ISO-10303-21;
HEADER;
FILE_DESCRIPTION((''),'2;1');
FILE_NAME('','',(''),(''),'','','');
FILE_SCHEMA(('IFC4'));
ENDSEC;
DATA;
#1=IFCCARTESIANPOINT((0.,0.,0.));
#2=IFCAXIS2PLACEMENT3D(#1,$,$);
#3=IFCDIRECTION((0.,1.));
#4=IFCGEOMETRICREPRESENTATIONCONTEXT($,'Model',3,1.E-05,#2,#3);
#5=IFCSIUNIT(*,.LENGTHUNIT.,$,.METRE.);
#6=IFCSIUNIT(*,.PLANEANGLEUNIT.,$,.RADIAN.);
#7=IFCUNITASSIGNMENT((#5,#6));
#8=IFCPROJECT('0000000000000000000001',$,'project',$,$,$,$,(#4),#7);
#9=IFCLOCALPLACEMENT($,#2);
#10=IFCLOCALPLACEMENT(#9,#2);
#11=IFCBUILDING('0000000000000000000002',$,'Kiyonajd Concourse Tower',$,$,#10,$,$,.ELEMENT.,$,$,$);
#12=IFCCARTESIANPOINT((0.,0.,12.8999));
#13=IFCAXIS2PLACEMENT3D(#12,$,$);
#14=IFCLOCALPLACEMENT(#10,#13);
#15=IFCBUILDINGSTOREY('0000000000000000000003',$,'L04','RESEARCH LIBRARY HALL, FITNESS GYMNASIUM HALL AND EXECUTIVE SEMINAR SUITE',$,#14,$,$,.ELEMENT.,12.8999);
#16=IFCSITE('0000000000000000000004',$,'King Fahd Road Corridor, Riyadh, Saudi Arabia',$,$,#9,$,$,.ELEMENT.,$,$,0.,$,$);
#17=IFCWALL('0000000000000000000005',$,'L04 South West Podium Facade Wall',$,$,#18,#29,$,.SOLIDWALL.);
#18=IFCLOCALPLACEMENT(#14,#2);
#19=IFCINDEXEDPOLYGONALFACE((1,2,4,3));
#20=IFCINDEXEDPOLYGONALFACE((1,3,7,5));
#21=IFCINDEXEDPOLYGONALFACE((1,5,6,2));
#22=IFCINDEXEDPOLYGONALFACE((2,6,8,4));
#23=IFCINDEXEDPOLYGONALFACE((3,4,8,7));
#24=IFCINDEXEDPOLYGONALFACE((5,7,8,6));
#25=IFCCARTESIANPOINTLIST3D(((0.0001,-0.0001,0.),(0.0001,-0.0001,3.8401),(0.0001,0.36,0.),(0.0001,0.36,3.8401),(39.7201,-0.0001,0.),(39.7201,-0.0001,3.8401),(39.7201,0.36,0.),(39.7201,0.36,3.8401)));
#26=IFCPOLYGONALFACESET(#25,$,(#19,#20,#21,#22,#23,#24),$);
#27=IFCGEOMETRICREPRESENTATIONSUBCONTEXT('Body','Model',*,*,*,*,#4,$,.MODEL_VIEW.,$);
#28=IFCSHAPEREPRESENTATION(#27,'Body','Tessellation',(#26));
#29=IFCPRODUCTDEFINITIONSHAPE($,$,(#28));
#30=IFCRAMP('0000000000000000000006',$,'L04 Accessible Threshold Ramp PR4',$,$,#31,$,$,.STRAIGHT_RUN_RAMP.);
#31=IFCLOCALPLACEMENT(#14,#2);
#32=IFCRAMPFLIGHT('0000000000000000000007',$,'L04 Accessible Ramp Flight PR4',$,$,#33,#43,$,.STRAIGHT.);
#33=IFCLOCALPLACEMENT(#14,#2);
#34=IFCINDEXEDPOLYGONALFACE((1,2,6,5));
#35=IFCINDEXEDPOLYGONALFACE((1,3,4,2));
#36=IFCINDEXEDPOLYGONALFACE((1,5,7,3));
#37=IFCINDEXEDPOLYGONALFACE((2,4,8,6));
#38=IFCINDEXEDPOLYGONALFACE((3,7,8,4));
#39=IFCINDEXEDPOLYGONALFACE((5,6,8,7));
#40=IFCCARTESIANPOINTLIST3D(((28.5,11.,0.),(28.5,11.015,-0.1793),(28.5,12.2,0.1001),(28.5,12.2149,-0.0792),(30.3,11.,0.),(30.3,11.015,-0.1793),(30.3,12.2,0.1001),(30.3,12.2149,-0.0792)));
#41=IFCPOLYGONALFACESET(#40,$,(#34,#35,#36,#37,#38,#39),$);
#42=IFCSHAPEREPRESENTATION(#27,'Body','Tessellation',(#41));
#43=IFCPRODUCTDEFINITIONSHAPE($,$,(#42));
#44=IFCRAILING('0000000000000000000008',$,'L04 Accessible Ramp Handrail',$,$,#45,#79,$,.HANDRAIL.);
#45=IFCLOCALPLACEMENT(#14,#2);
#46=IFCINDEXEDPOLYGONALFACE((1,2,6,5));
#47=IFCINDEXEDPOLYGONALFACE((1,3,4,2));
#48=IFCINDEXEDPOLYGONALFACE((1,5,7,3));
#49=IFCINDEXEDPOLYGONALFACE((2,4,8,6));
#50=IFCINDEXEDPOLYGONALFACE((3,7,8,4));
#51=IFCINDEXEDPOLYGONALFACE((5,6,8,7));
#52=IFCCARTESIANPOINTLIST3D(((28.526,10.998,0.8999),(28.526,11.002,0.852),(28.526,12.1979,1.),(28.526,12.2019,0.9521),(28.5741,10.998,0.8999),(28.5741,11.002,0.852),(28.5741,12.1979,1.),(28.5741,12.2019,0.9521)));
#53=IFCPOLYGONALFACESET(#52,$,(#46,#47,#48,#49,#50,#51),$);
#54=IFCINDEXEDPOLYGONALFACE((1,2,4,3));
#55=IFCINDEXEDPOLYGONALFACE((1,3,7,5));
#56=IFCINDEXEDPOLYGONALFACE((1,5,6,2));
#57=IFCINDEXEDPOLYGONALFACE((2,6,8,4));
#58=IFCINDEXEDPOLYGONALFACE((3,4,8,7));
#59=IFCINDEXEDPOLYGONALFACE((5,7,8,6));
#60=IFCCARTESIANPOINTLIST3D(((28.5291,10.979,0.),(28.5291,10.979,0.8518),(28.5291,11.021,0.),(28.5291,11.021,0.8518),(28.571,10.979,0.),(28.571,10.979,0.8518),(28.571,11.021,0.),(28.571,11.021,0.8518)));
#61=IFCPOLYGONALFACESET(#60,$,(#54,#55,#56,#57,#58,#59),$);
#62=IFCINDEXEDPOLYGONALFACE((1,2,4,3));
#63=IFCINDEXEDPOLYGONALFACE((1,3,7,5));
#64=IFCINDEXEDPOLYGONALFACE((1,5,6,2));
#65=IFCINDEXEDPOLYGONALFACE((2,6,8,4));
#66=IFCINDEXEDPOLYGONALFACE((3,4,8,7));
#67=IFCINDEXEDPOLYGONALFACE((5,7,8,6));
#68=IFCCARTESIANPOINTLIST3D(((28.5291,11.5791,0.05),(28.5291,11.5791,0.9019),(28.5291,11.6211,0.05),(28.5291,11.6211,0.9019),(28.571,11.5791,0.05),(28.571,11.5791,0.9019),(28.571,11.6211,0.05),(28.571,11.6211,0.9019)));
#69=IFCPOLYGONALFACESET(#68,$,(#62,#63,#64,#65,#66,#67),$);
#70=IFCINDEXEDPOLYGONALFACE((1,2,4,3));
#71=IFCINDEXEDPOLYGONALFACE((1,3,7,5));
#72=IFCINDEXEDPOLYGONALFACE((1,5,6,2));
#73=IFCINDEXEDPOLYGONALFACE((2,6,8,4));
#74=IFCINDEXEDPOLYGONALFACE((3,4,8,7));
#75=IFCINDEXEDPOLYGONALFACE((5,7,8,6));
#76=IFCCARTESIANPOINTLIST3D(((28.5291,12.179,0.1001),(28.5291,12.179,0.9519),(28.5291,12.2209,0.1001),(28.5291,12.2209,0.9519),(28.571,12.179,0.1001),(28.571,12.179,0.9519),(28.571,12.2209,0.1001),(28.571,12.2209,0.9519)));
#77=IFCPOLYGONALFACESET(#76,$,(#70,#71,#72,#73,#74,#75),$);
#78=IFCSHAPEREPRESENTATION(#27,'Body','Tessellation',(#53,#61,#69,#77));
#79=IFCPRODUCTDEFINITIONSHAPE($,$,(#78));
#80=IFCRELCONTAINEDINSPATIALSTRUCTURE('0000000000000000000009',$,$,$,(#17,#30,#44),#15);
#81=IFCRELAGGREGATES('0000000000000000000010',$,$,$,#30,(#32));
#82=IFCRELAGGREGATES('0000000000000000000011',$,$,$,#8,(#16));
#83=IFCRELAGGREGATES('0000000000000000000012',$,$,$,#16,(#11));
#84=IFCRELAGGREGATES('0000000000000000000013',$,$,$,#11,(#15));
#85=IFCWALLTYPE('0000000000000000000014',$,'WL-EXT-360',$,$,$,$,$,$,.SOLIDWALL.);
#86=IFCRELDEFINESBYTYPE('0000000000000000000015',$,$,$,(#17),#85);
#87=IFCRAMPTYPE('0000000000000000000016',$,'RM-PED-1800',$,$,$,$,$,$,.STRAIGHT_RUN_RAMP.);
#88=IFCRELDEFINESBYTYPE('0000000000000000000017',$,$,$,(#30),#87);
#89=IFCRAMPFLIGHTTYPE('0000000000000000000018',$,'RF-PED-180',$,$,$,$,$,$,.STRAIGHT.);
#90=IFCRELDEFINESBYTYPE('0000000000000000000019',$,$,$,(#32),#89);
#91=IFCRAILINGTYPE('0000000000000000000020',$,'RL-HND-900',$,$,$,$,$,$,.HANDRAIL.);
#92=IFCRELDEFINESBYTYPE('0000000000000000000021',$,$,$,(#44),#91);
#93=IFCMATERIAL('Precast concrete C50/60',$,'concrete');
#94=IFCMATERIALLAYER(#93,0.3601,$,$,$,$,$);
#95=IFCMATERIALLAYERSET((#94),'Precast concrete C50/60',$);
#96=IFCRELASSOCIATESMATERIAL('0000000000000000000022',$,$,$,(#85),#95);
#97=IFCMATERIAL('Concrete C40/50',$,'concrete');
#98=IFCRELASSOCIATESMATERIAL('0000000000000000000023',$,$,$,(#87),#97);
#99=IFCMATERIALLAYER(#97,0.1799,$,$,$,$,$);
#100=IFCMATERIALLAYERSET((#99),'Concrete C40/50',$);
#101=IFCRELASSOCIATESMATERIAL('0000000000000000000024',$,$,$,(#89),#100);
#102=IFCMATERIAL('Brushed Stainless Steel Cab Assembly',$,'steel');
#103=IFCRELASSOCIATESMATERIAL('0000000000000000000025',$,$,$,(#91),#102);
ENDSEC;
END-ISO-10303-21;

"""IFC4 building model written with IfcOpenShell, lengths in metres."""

from ifc_helpers import new_model, si_unit, direction, frame, frame_2d, origin, origin_2d, place, context, subcontext, project, spatial, polyline, rectangle, outline, extrude, material, layer, layer_set, type_object, element, aggregate, save


model = new_model("IFC4")

# Units and contexts
model_context = context("Model", 3, precision=1e-05, world=origin(), true_north=direction((0.0, 1.0)))
body_context = subcontext(model_context, "Body", "Model", "MODEL_VIEW")
ifc_project = project(units=[si_unit("LENGTHUNIT", "METRE"), si_unit("PLANEANGLEUNIT", "RADIAN")], contexts=[model_context])

# Site, building, storey
site_placement = place(None, origin())
site = spatial("IfcSite", under=ifc_project, at=site_placement, Name="King Fahd Road Corridor, Riyadh, Saudi Arabia", CompositionType="ELEMENT", RefElevation=0.0)
building_placement = place(site_placement, origin())
building = spatial("IfcBuilding", under=site, at=building_placement, Name="Kiyonajd Concourse Tower", CompositionType="ELEMENT")
storey_placement = place(building_placement, frame((0.0, 0.0, 12.8999)))
storey = spatial("IfcBuildingStorey", under=building, at=storey_placement, Name="L04", Description="RESEARCH LIBRARY HALL, FITNESS GYMNASIUM HALL AND EXECUTIVE SEMINAR SUITE", CompositionType="ELEMENT", Elevation=12.8999)

# Wall
ifc_material_1 = material(Name="Precast concrete C50/60", Category="concrete")
ifc_layer_1 = layer(ifc_material_1, 0.3601)
ifc_layer_set_1 = layer_set([ifc_layer_1], Name="Precast concrete C50/60")
wall_type = type_object("IfcWallType", Name="WL-EXT-360", PredefinedType="SOLIDWALL", material=ifc_layer_set_1)
wall_placement = place(storey_placement, frame((39.72, 0.1799, 0.0), z_axis=(0.0, 0.0, 1.0), x_axis=(-1.0, 0.0, 0.0)))
element("IfcWall", 1, at=wall_placement, inside=storey, type_object=wall_type, Name="L04 South West Podium Facade Wall", PredefinedType="SOLIDWALL", context=body_context, shape_type="SweptSolid", body=[
    extrude(rectangle(XDim=39.72, YDim=0.3601, at=frame_2d((19.8599, 0.0))), origin(), (0.0, 0.0, 1.0), 3.8401),
])

# Ramp, ramp flight
ifc_material_2 = material(Name="Concrete C40/50", Category="concrete")
ramp_type = type_object("IfcRampType", Name="RM-PED-1800", PredefinedType="STRAIGHT_RUN_RAMP", material=ifc_material_2)
ramp_placement = place(storey_placement, origin())
ramp = element("IfcRamp", 2, at=ramp_placement, inside=storey, type_object=ramp_type, Name="L04 Accessible Threshold Ramp PR4", PredefinedType="STRAIGHT_RUN_RAMP")
ifc_layer_2 = layer(ifc_material_2, 0.1799)
ifc_layer_set_2 = layer_set([ifc_layer_2], Name="Concrete C40/50")
ramp_flight_type = type_object("IfcRampFlightType", Name="RF-PED-180", PredefinedType="STRAIGHT", material=ifc_layer_set_2)
ramp_flight_placement = place(storey_placement, frame((28.5, 11.0, 0.0), z_axis=(0.0, -0.083129, 0.996539), x_axis=(1.0, 0.0, 0.0)))
ramp_flight = element("IfcRampFlight", 3, at=ramp_flight_placement, type_object=ramp_flight_type, Name="L04 Accessible Ramp Flight PR4", PredefinedType="STRAIGHT", context=body_context, shape_type="SweptSolid", body=[
    extrude(outline(polyline([(0.0, 0.0), (1.8, 0.0), (1.8, 1.2041), (0.0, 1.2041), (0.0, 0.0)])), origin(), (0.0, 0.0, -1.0), 0.1799),
])
aggregate(ramp, [ramp_flight])

# Railing
ifc_material_3 = material(Name="Brushed Stainless Steel Cab Assembly", Category="steel")
railing_type = type_object("IfcRailingType", Name="RL-HND-900", PredefinedType="HANDRAIL", material=ifc_material_3)
railing_placement = place(storey_placement, frame((28.55, 11.0, 0.0)))
element("IfcRailing", 4, at=railing_placement, inside=storey, type_object=railing_type, Name="L04 Accessible Ramp Handrail", PredefinedType="HANDRAIL", context=body_context, shape_type="SweptSolid", body=[
    extrude(rectangle(XDim=0.0481, YDim=0.0481, at=origin_2d()), frame((0.0, 0.0, 0.876), z_axis=(0.0, 0.996539, 0.083129), x_axis=(-1.0, 0.0, 0.0)), (0.0, 0.0, 1.0), 1.2041),
    extrude(rectangle(XDim=0.042, YDim=0.042, at=origin_2d()), origin(), (0.0, 0.0, 1.0), 0.8518),
    extrude(rectangle(XDim=0.042, YDim=0.042, at=origin_2d()), frame((0.0, 0.6001, 0.05)), (0.0, 0.0, 1.0), 0.8518),
    extrude(rectangle(XDim=0.042, YDim=0.042, at=origin_2d()), frame((0.0, 1.2, 0.1001)), (0.0, 0.0, 1.0), 0.8518),
])

save(model, "model.ifc")
